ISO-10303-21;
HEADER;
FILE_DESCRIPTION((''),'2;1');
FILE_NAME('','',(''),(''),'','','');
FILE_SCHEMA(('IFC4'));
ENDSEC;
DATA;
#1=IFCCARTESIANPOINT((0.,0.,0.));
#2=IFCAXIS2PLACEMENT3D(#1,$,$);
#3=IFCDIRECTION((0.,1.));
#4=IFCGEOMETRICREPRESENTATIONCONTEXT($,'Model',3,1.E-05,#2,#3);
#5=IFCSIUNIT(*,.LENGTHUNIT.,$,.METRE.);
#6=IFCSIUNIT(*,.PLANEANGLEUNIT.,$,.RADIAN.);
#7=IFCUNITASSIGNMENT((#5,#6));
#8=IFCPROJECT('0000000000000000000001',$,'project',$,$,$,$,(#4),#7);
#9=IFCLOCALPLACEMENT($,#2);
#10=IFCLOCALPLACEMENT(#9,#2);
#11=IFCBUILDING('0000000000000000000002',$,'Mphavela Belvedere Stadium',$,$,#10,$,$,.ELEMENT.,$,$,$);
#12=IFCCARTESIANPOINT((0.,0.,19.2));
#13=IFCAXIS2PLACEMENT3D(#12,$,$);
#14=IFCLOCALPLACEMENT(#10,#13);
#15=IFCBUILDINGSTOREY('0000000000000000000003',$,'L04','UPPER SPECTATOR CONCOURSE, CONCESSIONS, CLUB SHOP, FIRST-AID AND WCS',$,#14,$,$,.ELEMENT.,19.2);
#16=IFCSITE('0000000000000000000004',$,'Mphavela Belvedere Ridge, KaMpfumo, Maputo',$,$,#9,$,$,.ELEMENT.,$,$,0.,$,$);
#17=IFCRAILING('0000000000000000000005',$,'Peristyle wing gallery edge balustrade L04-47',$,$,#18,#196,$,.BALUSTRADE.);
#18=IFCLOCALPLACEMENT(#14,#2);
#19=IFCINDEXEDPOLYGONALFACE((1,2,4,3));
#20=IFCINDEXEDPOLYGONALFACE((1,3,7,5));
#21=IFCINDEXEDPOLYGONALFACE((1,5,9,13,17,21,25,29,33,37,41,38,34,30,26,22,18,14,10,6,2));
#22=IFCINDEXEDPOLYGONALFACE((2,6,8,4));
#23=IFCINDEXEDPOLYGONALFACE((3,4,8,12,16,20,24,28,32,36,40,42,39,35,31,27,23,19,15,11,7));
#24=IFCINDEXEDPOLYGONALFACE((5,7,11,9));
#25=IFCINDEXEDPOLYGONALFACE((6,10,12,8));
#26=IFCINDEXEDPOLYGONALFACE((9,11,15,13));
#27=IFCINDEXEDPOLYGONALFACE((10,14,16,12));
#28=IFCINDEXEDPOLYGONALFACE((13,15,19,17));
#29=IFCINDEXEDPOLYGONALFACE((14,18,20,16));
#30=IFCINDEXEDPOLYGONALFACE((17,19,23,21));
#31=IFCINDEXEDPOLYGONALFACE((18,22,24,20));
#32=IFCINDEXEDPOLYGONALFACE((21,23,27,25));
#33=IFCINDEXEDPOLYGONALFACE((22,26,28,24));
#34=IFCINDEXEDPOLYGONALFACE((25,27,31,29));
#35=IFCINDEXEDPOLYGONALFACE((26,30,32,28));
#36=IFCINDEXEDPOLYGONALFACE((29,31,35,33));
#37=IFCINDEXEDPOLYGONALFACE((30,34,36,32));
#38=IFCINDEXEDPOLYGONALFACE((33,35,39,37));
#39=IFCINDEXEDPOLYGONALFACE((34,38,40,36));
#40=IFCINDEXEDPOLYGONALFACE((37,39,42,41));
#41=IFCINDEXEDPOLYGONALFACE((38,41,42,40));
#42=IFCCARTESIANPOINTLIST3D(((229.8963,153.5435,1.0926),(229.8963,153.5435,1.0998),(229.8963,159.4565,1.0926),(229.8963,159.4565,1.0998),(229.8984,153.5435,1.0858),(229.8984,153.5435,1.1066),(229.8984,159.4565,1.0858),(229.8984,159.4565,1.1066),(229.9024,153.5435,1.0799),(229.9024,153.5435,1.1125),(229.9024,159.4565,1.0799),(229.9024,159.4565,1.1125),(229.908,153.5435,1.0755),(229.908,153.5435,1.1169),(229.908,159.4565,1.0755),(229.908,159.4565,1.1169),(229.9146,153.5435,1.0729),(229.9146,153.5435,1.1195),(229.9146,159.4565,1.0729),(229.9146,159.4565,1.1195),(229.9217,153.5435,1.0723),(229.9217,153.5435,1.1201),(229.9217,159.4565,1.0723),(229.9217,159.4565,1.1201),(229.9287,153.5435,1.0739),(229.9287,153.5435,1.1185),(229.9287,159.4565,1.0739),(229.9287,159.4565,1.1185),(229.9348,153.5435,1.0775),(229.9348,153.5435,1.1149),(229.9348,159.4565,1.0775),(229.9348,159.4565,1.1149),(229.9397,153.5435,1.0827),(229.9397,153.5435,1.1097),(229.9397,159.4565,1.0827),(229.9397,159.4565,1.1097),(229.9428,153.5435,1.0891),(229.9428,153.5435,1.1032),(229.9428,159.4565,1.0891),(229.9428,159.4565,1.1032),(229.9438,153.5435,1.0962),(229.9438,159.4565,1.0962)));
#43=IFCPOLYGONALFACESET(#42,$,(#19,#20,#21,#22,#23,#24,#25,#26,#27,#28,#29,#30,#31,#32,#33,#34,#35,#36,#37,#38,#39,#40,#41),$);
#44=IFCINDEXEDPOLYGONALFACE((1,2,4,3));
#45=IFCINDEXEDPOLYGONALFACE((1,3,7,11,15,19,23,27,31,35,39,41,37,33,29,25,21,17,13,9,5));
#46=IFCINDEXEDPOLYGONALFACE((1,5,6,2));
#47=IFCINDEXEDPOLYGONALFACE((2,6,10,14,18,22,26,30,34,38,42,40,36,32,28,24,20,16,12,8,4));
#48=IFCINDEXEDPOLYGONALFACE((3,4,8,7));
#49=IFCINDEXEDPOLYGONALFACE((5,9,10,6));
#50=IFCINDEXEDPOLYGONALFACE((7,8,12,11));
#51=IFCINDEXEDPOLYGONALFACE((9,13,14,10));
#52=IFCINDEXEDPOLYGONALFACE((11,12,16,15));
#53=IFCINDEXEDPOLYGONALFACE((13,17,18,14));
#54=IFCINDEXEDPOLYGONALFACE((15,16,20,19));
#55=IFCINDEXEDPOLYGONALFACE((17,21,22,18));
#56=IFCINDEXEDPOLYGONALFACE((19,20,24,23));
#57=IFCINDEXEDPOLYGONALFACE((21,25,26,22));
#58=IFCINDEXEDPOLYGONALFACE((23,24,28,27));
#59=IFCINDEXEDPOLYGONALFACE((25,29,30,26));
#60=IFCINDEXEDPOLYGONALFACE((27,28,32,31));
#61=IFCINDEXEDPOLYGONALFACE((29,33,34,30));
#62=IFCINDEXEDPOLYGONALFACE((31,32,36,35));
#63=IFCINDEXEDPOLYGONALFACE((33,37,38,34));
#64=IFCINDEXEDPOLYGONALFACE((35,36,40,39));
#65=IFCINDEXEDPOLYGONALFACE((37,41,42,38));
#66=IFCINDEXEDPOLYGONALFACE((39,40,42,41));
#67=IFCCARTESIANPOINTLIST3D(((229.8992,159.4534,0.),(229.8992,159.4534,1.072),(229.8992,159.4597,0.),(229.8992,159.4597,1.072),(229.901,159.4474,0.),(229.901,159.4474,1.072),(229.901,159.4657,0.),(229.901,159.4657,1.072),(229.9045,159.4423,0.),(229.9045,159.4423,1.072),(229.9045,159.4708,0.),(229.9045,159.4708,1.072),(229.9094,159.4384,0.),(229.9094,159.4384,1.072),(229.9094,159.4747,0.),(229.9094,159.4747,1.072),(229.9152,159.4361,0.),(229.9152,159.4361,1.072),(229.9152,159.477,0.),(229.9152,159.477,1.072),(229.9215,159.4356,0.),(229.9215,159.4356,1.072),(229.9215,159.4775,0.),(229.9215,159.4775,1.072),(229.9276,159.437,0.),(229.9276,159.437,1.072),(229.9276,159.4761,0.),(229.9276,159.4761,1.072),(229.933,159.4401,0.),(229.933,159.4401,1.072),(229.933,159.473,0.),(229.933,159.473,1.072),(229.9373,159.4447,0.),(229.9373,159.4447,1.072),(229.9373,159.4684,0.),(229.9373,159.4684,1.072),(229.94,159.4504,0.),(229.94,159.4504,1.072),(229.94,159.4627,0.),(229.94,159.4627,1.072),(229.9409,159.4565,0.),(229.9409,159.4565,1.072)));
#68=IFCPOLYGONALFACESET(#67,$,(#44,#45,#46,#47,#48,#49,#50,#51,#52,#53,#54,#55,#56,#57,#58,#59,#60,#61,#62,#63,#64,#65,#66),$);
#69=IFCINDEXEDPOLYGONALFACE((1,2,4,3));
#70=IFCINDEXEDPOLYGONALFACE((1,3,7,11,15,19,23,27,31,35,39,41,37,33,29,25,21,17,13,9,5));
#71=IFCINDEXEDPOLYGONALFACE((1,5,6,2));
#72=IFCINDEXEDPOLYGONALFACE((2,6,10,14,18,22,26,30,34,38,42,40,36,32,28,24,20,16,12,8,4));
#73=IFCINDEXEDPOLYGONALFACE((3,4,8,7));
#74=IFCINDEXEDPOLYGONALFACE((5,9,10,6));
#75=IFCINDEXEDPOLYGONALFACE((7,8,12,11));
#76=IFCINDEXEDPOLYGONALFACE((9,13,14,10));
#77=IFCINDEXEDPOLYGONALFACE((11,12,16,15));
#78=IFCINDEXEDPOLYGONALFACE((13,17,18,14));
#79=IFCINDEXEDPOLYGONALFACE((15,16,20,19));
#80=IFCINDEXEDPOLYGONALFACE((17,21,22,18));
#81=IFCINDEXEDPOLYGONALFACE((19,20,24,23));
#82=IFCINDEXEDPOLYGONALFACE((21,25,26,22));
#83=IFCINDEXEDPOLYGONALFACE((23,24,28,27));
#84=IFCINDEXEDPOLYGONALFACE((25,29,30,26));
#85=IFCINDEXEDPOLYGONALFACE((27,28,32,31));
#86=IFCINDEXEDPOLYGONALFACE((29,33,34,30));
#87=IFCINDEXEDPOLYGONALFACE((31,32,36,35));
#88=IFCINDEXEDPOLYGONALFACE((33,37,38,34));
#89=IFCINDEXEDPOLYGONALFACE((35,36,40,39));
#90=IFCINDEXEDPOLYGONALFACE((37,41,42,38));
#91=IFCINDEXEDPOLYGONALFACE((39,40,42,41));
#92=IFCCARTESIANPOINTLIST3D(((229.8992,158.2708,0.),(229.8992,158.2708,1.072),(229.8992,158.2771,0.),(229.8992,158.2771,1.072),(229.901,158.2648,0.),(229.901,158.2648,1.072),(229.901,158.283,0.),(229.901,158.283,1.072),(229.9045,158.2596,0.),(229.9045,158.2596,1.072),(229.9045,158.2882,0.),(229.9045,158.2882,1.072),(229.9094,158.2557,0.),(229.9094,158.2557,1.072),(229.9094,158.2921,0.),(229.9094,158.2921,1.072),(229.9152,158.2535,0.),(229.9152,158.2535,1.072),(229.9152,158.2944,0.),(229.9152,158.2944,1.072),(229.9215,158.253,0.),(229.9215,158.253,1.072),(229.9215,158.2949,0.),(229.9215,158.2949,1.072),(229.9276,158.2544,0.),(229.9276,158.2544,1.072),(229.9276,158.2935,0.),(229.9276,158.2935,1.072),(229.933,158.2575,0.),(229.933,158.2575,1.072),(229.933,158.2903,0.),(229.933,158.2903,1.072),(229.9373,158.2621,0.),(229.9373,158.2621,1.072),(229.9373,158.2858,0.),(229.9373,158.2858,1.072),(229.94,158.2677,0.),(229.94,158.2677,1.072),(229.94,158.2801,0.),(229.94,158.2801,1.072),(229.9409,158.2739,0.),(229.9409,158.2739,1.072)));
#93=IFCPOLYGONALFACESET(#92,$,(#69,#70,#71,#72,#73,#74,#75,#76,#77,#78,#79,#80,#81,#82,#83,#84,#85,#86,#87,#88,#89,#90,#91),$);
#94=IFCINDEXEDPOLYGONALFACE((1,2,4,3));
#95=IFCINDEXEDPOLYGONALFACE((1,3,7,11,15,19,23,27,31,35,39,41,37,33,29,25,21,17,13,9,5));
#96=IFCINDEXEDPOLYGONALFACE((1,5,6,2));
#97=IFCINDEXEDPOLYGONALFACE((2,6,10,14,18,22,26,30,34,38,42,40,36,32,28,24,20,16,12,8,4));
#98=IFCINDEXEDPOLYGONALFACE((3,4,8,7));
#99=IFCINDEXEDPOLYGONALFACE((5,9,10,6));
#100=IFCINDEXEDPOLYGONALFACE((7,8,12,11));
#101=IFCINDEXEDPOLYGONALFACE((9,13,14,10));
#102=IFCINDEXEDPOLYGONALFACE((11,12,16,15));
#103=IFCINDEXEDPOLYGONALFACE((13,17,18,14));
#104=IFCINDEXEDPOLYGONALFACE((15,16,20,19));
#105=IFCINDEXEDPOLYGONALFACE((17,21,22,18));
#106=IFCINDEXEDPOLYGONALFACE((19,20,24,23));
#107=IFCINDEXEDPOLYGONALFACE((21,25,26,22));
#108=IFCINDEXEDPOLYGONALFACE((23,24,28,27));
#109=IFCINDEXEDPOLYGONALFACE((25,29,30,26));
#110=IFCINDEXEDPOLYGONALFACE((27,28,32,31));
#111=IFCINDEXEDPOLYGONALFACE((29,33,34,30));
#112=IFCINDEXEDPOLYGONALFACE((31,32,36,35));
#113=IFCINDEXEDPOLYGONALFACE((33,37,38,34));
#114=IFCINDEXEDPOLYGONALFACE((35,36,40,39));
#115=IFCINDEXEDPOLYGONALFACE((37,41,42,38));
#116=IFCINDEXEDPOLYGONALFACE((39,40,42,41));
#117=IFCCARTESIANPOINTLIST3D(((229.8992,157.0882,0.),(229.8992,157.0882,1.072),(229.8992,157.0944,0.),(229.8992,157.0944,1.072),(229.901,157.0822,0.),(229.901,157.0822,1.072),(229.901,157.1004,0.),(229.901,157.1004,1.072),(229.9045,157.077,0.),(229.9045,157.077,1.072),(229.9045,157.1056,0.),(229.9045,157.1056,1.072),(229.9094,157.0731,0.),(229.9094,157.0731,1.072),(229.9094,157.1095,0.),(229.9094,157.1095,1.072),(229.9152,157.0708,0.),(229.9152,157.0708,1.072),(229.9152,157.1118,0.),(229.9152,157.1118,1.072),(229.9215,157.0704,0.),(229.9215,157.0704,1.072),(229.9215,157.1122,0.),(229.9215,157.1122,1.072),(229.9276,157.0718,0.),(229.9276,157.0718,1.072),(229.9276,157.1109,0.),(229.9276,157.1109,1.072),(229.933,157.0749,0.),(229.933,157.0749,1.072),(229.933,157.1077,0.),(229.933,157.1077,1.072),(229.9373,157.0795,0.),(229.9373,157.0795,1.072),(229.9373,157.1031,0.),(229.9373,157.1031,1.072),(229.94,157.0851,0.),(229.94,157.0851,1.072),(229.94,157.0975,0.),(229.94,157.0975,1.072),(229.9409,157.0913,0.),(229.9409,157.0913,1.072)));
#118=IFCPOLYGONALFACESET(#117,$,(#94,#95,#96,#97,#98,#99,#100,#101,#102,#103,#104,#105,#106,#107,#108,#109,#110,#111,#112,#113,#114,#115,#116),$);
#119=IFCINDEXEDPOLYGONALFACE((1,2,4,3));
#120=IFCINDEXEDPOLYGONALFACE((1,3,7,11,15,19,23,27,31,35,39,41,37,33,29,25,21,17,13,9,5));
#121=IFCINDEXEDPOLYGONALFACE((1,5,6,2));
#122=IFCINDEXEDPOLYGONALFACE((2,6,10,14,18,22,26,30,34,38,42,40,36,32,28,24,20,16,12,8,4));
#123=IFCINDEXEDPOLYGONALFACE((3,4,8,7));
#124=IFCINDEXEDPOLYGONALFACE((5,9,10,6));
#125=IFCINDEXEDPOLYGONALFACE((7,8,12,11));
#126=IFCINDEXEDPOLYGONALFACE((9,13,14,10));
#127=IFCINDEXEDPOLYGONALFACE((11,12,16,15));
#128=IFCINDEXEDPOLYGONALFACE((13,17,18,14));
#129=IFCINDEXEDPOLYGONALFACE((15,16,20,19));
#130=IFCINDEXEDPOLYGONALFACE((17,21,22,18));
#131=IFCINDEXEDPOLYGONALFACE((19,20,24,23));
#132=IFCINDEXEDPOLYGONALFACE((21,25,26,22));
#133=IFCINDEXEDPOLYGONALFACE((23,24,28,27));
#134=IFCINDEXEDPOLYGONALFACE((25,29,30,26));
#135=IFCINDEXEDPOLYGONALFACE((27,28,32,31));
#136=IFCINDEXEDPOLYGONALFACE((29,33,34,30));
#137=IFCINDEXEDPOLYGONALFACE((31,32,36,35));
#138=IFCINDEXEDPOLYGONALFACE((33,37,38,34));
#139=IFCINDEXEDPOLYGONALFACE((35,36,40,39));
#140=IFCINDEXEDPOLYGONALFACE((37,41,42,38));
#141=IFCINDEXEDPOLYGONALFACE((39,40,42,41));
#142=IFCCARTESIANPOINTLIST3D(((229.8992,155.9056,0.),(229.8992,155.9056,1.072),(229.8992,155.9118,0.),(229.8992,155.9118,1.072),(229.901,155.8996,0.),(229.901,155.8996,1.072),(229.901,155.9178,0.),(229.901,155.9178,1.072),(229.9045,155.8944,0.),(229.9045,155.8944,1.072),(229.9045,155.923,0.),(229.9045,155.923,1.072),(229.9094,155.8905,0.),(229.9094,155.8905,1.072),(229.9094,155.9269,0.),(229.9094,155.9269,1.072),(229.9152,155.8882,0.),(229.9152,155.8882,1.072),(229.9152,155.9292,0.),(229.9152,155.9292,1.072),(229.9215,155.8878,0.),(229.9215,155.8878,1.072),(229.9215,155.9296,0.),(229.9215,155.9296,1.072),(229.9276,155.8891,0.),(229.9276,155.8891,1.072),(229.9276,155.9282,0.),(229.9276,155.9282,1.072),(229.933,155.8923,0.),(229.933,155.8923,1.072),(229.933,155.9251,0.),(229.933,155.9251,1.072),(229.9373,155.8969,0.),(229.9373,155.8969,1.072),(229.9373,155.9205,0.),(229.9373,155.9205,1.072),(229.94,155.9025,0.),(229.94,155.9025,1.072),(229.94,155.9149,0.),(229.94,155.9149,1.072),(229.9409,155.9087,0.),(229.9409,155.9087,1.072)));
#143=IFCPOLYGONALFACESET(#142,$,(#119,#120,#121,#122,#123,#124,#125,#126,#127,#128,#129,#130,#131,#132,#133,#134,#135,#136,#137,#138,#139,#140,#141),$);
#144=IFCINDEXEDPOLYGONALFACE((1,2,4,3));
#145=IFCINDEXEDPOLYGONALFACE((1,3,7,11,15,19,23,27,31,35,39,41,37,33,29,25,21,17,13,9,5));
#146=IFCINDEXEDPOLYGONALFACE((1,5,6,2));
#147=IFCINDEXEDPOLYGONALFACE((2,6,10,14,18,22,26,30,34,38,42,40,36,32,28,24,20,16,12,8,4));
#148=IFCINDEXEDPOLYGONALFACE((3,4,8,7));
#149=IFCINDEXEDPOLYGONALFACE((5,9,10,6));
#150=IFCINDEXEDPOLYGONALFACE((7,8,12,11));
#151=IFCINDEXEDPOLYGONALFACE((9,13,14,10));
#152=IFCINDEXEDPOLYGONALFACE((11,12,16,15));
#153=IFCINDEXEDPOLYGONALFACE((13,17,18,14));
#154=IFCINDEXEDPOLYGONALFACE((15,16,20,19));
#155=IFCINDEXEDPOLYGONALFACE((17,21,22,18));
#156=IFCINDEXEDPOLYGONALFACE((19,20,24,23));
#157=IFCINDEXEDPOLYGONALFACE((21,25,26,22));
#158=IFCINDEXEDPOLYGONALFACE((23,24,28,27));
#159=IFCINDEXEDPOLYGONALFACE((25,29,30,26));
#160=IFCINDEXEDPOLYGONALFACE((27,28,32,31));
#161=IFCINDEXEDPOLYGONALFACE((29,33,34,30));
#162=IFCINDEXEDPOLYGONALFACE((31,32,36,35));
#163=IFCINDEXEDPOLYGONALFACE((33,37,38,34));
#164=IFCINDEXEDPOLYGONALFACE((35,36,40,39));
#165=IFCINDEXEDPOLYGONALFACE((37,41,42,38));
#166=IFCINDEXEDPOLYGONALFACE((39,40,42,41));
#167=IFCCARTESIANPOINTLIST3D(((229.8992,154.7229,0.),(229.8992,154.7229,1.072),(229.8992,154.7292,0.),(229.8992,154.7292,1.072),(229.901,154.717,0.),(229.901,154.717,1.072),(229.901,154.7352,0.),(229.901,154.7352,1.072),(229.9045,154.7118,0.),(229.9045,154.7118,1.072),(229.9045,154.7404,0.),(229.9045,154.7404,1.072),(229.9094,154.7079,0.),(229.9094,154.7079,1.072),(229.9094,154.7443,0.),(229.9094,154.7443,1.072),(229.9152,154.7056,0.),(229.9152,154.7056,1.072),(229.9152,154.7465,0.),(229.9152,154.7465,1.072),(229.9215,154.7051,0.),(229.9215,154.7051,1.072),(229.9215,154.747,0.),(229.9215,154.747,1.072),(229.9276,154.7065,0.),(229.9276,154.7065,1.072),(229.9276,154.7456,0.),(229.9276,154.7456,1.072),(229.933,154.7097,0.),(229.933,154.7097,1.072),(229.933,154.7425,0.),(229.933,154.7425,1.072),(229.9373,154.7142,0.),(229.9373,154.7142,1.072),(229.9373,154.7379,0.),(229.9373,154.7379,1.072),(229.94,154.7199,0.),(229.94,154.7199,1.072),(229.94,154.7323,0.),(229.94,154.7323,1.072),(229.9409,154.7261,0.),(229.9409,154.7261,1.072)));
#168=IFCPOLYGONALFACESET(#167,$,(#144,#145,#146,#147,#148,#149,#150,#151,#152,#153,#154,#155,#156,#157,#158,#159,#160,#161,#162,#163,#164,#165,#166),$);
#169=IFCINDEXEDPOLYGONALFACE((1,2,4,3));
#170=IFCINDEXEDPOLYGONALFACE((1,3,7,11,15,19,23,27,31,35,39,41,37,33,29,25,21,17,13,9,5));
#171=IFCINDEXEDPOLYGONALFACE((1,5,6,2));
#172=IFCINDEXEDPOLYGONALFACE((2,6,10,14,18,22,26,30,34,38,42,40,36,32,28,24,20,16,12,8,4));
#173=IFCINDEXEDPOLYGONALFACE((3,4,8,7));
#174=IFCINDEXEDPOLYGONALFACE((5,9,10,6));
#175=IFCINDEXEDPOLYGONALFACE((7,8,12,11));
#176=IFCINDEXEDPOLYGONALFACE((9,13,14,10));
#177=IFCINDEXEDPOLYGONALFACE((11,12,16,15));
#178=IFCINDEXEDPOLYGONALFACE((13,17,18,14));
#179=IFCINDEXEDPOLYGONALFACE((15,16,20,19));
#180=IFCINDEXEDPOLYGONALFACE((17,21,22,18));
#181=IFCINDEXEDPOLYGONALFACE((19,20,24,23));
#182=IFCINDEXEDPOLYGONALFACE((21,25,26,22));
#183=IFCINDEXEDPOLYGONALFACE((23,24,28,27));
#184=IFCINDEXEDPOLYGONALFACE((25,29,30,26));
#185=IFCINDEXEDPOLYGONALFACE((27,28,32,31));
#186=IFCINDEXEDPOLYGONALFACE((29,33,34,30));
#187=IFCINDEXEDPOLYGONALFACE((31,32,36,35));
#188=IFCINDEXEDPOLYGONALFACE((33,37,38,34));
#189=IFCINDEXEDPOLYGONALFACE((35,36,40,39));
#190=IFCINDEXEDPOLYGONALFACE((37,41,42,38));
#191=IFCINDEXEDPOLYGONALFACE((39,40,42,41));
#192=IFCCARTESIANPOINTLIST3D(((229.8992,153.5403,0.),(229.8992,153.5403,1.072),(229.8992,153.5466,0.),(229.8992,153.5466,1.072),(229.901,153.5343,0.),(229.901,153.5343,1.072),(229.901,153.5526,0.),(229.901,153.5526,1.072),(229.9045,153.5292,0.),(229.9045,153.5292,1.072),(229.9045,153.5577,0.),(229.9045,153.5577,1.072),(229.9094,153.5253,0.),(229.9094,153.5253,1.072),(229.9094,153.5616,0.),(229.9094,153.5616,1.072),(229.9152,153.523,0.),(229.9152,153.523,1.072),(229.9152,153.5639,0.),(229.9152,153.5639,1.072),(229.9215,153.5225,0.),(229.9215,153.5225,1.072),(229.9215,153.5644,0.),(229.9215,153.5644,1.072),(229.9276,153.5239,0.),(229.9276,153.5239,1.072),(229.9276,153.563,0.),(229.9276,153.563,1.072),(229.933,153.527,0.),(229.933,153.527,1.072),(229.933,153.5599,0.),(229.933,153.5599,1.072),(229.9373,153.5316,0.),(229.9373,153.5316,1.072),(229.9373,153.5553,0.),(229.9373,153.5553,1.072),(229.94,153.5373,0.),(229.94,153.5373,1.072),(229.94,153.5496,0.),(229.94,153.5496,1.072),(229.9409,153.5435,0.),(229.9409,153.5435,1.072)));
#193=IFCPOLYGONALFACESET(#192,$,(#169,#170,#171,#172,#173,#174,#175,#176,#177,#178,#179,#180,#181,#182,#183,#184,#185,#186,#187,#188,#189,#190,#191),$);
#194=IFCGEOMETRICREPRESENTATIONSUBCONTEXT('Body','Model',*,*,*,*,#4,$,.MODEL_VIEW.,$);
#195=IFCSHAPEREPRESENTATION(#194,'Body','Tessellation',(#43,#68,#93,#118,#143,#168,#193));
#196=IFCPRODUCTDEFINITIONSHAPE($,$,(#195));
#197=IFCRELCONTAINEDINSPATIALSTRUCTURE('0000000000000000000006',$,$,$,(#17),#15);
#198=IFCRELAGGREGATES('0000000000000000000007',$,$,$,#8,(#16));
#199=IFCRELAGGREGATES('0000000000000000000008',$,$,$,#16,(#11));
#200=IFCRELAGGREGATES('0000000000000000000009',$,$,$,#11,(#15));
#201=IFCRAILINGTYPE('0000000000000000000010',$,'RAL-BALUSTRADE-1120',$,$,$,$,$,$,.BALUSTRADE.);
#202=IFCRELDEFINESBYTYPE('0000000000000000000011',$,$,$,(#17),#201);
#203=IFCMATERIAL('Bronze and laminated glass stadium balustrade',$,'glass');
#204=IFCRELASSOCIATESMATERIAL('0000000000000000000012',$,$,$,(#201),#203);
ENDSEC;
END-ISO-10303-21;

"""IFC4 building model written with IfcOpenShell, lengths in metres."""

from ifc_helpers import new_model, si_unit, direction, frame, origin, origin_2d, place, context, subcontext, project, spatial, circle, extrude, material, type_object, element, save


model = new_model("IFC4")

# Units and contexts
model_context = context("Model", 3, precision=1e-05, world=origin(), true_north=direction((0.0, 1.0)))
body_context = subcontext(model_context, "Body", "Model", "MODEL_VIEW")
ifc_project = project(units=[si_unit("LENGTHUNIT", "METRE"), si_unit("PLANEANGLEUNIT", "RADIAN")], contexts=[model_context])

# Site, building, storey
site_placement = place(None, origin())
site = spatial("IfcSite", under=ifc_project, at=site_placement, Name="Mphavela Belvedere Ridge, KaMpfumo, Maputo", CompositionType="ELEMENT", RefElevation=0.0)
building_placement = place(site_placement, origin())
building = spatial("IfcBuilding", under=site, at=building_placement, Name="Mphavela Belvedere Stadium", CompositionType="ELEMENT")
storey_placement = place(building_placement, frame((0.0, 0.0, 19.2)))
storey = spatial("IfcBuildingStorey", under=building, at=storey_placement, Name="L04", Description="UPPER SPECTATOR CONCOURSE, CONCESSIONS, CLUB SHOP, FIRST-AID AND WCS", CompositionType="ELEMENT", Elevation=19.2)

# Railing
ifc_material_1 = material(Name="Bronze and laminated glass stadium balustrade", Category="glass")
railing_type = type_object("IfcRailingType", Name="RAL-BALUSTRADE-1120", PredefinedType="BALUSTRADE", material=ifc_material_1)
for number, where, name in (
    (1, (229.9199, 159.4565, 0.0), "Peristyle wing gallery edge balustrade L04-47"),
):
    element("IfcRailing", number, at=place(storey_placement, frame(where)), inside=storey, type_object=railing_type, Name=name, PredefinedType="BALUSTRADE", context=body_context, shape_type="SweptSolid", body=[
        extrude(circle(Radius=0.0239, at=origin_2d()), frame((0.0, 0.0, 1.0962), z_axis=(0.0, -1.0, 0.0), x_axis=(1.0, 0.0, 0.0)), (0.0, 0.0, 1.0), 5.9131),
        extrude(circle(Radius=0.021, at=origin_2d()), origin(), (0.0, 0.0, 1.0), 1.072),
        extrude(circle(Radius=0.021, at=origin_2d()), frame((0.0, -1.1826, 0.0)), (0.0, 0.0, 1.0), 1.072),
        extrude(circle(Radius=0.021, at=origin_2d()), frame((0.0, -2.3652, 0.0)), (0.0, 0.0, 1.0), 1.072),
        extrude(circle(Radius=0.021, at=origin_2d()), frame((0.0, -3.5479, 0.0)), (0.0, 0.0, 1.0), 1.072),
        extrude(circle(Radius=0.021, at=origin_2d()), frame((0.0, -4.7305, 0.0)), (0.0, 0.0, 1.0), 1.072),
        extrude(circle(Radius=0.021, at=origin_2d()), frame((0.0, -5.9131, 0.0)), (0.0, 0.0, 1.0), 1.072),
    ])

save(model, "model.ifc")
